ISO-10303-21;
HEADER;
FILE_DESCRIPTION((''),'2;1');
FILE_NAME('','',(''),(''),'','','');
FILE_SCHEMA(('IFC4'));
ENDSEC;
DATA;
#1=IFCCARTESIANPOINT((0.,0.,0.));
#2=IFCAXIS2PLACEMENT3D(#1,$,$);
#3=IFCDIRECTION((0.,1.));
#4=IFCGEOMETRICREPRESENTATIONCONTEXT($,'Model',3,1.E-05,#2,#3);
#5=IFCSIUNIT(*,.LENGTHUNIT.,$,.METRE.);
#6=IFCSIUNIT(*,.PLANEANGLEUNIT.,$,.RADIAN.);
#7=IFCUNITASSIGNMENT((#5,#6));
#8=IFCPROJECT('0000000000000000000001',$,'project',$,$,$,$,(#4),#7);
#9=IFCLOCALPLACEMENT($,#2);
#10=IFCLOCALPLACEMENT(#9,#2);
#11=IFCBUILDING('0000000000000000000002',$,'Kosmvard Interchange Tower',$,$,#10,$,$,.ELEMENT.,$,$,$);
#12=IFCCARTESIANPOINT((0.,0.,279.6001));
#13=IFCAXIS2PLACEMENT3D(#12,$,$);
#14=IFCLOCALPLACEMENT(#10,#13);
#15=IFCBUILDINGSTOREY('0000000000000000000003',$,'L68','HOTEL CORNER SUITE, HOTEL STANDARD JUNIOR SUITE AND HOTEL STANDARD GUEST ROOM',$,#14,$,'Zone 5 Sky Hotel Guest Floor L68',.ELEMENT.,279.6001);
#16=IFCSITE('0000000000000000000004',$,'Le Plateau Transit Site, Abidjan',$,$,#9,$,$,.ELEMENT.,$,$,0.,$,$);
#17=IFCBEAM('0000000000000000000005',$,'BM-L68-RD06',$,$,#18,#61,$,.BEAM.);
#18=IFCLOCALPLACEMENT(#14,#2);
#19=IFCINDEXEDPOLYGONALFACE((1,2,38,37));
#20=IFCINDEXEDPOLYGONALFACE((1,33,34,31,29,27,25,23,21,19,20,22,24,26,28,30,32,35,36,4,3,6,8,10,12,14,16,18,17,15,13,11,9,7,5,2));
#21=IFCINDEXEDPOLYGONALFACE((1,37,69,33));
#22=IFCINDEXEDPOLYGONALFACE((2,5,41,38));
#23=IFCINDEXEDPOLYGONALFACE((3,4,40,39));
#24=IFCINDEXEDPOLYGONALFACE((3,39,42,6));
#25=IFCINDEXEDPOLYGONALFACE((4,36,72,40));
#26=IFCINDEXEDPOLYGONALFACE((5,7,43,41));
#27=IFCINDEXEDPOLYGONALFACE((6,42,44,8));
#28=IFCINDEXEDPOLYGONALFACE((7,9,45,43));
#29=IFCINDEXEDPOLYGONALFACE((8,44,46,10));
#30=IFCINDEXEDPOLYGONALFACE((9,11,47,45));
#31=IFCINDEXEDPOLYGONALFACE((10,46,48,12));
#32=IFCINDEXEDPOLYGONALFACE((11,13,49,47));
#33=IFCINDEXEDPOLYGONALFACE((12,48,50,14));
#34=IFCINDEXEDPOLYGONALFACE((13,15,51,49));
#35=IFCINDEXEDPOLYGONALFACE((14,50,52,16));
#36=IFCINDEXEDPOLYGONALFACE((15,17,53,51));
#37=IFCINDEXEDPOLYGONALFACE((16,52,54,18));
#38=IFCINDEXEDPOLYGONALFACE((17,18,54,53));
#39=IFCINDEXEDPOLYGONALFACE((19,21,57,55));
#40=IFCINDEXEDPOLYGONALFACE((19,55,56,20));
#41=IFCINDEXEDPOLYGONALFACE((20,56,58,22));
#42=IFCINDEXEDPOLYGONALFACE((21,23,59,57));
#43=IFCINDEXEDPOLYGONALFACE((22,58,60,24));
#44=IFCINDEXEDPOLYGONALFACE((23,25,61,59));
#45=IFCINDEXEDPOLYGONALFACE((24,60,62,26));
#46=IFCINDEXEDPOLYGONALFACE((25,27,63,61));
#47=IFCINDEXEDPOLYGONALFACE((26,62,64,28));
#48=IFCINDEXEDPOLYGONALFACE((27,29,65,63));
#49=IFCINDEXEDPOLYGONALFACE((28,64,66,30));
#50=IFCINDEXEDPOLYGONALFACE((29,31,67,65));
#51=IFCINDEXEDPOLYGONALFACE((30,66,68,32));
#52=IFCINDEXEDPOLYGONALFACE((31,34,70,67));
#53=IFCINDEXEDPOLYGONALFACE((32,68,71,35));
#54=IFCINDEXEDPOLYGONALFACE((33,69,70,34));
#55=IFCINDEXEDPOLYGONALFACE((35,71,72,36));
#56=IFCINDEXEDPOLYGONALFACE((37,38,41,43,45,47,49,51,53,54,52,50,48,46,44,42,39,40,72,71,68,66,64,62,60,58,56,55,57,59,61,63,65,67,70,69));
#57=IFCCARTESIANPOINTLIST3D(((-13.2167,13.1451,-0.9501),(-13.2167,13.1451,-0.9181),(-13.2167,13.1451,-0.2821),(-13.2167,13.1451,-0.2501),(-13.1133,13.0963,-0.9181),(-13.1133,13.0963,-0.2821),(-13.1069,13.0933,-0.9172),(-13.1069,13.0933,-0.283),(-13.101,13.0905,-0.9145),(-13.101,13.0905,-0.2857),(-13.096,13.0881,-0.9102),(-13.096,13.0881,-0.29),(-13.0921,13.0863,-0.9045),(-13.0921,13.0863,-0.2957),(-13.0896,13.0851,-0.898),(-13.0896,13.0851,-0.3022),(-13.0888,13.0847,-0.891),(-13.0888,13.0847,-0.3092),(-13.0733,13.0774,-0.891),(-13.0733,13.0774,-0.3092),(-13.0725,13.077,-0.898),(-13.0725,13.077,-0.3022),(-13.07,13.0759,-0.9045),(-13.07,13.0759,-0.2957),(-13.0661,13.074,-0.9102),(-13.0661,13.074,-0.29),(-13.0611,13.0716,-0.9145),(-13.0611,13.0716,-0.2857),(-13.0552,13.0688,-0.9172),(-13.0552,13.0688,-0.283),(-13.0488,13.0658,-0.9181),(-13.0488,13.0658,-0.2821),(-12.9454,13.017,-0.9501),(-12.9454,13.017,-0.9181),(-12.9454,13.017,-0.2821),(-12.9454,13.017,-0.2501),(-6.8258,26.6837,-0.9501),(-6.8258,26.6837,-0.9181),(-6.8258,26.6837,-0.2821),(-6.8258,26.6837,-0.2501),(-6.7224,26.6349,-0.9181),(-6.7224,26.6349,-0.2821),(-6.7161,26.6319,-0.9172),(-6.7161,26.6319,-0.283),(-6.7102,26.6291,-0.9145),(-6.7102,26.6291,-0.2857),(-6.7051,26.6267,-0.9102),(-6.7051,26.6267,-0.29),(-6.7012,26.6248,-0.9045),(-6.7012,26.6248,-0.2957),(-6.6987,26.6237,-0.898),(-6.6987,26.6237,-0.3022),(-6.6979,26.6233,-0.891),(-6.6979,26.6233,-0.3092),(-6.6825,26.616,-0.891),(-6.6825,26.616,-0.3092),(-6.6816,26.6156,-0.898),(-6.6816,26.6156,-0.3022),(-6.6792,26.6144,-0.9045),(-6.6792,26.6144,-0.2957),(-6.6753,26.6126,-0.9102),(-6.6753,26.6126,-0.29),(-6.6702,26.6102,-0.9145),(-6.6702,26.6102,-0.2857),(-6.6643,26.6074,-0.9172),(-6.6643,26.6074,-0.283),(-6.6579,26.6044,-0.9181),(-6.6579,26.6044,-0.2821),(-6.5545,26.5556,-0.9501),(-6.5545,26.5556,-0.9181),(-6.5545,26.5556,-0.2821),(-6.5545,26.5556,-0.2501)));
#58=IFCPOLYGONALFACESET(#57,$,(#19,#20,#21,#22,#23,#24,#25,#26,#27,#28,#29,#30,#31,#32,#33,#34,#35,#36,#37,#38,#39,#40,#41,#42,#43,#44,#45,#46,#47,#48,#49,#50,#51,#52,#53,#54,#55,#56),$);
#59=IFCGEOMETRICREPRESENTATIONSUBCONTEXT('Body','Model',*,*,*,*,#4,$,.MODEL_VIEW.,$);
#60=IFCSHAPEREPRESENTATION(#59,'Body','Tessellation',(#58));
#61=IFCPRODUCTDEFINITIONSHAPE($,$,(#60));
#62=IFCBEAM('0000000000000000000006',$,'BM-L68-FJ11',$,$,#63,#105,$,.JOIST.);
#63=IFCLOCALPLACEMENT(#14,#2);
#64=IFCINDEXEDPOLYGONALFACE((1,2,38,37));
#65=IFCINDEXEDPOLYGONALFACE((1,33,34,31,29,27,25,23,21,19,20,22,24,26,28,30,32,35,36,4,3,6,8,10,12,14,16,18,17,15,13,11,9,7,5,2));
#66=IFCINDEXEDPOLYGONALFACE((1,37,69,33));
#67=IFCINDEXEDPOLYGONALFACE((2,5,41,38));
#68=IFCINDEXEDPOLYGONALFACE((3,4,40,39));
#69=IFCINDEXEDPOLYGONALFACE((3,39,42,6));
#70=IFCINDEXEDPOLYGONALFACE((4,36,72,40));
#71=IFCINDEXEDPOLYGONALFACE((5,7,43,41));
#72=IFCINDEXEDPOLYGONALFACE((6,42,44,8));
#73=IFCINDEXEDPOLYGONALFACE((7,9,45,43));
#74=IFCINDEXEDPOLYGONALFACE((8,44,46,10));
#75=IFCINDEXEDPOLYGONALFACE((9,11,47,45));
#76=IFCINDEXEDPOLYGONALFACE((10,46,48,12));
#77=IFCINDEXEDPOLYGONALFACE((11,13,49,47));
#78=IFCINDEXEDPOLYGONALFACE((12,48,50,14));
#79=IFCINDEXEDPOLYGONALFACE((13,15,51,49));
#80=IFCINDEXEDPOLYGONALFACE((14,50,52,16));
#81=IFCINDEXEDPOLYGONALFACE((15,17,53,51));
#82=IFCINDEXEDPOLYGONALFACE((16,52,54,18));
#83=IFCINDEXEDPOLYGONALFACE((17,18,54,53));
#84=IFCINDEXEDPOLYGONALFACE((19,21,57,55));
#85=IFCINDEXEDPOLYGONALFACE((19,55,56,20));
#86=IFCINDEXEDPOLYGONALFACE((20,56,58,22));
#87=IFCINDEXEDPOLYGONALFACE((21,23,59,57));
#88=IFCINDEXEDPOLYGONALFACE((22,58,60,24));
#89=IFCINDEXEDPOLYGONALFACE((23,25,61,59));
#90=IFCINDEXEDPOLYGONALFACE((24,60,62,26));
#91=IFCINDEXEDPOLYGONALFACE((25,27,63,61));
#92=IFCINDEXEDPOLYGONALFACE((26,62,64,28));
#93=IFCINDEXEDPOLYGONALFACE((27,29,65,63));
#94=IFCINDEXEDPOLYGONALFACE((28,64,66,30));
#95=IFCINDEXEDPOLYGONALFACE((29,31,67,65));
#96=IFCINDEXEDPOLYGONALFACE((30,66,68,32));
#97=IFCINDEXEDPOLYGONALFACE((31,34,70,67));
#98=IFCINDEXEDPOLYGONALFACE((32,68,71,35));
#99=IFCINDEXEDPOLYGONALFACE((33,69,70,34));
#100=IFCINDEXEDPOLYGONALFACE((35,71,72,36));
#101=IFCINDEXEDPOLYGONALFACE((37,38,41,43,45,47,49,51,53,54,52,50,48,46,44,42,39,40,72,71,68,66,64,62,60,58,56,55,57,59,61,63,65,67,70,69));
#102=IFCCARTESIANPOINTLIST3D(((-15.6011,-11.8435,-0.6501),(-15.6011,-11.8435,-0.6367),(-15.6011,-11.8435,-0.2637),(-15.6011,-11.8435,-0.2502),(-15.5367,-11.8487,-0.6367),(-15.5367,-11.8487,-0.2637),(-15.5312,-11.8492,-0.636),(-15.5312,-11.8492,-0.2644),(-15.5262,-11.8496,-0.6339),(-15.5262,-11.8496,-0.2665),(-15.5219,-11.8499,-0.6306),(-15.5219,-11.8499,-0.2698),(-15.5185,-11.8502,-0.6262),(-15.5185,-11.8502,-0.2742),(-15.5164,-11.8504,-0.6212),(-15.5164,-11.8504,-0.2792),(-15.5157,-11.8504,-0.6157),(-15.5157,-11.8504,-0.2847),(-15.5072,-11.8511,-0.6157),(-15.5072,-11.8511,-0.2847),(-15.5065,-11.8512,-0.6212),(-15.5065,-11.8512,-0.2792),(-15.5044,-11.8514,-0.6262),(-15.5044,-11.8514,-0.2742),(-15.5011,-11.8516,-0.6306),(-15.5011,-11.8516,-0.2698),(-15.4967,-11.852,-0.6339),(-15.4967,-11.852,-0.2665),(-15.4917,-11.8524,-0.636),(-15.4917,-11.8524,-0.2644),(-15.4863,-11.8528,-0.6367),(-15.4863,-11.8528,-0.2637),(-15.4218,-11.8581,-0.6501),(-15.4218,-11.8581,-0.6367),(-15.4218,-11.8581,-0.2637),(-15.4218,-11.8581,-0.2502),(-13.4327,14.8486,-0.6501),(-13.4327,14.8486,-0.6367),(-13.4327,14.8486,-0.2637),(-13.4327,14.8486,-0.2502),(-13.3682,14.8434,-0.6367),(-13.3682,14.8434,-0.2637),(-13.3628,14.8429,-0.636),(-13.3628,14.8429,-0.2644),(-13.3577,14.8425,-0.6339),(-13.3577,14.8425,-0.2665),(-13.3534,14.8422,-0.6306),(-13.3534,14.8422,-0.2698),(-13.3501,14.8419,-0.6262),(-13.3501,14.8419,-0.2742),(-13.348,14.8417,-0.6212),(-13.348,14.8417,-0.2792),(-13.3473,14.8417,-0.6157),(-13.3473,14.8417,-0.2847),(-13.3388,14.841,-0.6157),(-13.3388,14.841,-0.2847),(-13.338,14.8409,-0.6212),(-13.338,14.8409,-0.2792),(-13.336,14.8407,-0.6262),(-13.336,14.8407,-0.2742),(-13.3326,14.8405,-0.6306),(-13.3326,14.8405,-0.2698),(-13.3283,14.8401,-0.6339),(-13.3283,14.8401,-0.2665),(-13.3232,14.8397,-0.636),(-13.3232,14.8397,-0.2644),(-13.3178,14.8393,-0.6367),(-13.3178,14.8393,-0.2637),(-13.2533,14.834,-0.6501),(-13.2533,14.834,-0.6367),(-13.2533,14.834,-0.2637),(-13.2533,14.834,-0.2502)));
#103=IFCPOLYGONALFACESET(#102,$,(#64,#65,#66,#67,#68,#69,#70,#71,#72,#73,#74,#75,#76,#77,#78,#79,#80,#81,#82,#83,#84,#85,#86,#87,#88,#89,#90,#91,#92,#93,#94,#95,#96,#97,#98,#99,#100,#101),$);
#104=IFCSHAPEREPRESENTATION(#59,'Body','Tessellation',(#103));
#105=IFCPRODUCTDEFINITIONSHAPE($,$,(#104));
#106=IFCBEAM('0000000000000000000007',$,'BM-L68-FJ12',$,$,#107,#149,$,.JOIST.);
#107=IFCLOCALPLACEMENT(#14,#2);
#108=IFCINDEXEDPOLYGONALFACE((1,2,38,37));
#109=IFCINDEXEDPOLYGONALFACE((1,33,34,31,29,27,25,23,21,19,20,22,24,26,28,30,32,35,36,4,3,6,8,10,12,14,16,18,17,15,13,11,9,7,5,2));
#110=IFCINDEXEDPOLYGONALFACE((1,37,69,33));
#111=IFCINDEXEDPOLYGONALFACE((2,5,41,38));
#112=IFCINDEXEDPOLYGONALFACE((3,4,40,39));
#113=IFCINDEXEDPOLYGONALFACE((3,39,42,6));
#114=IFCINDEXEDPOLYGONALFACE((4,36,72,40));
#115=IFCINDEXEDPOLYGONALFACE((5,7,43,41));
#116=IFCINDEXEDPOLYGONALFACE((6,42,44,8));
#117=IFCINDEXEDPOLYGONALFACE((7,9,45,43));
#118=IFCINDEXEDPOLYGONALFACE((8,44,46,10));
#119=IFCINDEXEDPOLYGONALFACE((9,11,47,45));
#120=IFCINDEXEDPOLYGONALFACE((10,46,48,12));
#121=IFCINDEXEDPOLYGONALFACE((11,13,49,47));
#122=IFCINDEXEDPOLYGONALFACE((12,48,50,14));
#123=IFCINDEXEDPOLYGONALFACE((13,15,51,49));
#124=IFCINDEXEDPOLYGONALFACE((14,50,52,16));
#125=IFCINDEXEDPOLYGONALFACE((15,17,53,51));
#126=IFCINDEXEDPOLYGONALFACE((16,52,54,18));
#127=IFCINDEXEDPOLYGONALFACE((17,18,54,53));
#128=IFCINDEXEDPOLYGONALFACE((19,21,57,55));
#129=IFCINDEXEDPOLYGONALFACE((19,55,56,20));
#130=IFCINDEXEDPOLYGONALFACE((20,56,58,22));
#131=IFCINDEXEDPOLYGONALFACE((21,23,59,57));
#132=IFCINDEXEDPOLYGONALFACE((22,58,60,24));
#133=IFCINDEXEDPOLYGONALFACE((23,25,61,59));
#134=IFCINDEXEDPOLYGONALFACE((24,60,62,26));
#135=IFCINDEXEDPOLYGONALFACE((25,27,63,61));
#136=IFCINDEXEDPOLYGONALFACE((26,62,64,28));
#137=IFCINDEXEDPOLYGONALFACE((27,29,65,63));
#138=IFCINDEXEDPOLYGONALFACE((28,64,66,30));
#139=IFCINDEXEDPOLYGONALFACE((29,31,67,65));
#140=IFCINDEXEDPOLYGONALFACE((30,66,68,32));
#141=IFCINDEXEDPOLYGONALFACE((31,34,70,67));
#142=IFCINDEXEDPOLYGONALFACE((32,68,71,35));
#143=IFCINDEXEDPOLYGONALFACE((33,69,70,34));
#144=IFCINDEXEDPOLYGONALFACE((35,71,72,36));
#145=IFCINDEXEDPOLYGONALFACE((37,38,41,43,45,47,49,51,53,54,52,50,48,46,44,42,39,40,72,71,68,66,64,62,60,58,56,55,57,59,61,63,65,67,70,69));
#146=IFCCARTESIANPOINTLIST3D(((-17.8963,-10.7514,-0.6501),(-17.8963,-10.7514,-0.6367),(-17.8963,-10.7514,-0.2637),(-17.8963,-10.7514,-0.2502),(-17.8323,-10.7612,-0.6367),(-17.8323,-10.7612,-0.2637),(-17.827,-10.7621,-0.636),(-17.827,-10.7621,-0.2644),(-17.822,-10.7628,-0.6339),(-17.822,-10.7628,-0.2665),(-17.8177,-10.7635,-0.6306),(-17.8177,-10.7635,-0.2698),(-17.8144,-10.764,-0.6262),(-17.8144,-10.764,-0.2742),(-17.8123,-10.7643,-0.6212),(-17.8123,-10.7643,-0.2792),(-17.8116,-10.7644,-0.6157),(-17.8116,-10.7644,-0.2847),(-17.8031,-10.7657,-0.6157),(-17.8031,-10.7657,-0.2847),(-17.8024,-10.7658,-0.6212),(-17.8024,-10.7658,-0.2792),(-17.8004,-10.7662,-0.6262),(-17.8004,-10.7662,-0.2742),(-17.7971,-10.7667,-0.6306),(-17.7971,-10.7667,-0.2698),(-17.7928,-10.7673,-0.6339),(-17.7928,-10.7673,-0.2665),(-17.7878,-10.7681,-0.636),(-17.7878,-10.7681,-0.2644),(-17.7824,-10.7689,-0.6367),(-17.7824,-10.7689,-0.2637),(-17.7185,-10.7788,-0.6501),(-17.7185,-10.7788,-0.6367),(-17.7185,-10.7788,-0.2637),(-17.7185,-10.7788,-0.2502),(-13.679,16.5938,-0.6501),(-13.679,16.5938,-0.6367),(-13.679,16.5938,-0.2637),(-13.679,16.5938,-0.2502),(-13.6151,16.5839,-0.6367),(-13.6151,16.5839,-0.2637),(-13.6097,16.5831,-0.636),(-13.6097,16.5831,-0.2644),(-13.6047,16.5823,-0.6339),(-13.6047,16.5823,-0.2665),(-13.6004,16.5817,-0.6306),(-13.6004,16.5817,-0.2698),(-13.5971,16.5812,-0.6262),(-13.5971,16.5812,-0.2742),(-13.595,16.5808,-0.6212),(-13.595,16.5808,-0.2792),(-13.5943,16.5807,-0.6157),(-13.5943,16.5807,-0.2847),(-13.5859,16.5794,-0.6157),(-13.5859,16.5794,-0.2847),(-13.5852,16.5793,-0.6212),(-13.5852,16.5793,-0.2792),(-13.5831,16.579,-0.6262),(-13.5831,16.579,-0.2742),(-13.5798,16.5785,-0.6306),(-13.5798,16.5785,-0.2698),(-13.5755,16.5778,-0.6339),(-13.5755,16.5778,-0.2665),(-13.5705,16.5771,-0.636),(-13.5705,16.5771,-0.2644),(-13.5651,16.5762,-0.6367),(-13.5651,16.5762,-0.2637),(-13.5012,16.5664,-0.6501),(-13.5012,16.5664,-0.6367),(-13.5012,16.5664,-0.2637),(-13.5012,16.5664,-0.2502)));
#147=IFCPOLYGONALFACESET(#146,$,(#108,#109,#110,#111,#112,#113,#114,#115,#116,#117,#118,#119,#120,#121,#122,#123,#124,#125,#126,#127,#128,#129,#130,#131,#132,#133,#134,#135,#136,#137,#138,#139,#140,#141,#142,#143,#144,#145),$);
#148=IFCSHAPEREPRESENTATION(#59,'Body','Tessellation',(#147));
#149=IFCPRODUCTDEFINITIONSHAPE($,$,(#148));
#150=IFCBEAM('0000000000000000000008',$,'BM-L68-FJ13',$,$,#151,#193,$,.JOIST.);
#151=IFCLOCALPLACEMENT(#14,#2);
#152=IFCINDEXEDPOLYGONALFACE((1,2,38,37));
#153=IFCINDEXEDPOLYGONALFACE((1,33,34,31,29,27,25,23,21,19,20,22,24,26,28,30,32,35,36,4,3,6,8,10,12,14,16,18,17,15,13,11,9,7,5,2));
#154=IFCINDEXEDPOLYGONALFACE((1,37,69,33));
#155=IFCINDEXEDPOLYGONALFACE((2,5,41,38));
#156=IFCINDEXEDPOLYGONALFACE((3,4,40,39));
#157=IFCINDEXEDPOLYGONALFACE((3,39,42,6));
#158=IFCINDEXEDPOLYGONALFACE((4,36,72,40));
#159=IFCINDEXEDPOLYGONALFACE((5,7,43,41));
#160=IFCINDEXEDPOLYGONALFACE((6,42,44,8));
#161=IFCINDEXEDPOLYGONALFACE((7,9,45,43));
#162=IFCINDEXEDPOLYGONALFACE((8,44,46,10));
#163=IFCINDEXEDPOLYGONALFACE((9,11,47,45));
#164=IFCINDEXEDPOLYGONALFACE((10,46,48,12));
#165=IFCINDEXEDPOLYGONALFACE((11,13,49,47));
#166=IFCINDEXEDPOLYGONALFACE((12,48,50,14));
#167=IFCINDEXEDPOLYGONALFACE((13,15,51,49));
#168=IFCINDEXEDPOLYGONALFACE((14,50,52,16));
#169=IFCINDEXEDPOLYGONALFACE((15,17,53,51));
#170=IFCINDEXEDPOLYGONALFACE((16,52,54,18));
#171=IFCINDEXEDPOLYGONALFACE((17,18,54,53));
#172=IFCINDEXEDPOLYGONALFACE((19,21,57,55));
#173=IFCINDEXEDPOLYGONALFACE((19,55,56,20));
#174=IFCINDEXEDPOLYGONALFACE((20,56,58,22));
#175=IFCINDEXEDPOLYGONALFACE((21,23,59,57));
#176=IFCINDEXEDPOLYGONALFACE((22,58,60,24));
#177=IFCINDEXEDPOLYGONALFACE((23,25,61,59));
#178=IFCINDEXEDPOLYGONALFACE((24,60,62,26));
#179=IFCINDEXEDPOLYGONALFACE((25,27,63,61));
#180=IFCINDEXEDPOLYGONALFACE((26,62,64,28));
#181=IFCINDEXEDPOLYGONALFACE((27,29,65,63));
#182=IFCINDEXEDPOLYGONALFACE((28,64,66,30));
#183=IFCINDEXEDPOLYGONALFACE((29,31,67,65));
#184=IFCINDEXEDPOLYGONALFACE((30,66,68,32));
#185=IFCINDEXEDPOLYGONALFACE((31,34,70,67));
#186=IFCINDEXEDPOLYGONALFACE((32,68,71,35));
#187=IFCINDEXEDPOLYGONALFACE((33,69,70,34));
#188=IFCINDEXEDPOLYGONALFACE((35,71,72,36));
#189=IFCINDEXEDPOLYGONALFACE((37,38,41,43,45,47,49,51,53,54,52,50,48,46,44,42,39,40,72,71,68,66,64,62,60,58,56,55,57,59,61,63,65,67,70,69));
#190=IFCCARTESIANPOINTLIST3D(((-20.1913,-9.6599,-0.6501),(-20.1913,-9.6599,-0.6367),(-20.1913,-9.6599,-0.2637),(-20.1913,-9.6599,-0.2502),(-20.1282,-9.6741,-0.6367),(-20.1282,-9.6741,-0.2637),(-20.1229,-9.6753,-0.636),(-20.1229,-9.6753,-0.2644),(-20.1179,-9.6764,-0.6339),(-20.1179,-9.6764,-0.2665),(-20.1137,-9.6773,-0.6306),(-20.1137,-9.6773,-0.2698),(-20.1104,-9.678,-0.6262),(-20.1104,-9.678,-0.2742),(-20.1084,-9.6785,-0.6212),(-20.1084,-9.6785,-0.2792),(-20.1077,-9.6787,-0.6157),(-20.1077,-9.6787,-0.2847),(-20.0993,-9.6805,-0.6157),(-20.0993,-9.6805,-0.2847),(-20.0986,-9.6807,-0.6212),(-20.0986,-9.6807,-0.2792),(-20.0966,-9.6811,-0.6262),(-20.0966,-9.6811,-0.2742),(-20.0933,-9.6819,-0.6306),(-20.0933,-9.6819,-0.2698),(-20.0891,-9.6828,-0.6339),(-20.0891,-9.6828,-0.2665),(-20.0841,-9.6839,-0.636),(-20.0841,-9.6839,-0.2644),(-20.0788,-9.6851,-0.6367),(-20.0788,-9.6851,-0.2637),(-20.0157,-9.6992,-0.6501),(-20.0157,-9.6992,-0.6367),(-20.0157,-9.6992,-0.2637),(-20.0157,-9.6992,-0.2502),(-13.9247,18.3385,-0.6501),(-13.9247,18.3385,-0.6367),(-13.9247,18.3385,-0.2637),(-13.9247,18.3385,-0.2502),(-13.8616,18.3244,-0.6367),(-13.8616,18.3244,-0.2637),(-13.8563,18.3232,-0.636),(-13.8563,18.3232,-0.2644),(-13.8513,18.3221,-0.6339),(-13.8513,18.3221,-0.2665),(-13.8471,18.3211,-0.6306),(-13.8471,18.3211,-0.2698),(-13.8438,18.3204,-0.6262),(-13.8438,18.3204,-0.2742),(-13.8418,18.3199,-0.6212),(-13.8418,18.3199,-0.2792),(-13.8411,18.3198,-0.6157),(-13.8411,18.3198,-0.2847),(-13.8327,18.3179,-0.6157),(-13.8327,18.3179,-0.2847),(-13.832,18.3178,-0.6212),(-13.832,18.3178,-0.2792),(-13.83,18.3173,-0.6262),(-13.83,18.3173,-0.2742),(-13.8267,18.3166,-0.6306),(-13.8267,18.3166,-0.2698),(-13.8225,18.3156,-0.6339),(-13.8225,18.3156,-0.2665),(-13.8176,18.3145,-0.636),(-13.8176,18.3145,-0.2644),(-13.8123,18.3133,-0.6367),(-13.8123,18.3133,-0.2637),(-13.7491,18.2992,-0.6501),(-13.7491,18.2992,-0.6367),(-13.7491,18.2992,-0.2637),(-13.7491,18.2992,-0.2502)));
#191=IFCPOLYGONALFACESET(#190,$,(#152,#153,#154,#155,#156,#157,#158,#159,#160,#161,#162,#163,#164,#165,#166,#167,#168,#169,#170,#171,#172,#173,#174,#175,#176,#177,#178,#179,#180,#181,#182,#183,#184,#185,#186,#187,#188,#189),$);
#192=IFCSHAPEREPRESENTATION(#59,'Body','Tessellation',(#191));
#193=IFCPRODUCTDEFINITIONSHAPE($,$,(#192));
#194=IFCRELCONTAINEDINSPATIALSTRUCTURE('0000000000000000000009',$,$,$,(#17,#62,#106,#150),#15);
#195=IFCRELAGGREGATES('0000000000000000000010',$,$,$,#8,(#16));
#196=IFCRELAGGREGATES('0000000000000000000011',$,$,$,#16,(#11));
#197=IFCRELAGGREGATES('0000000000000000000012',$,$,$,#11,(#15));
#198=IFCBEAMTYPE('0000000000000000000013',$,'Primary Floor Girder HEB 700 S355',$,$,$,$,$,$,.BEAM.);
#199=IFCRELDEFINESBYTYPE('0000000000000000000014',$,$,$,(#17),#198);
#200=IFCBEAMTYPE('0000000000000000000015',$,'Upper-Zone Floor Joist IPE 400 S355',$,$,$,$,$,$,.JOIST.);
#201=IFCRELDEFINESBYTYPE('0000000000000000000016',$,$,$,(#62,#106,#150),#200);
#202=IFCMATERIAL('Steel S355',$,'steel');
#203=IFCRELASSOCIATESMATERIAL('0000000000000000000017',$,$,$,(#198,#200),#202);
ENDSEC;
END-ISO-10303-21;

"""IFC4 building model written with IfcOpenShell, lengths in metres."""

from ifc_helpers import new_model, si_unit, direction, frame, origin, origin_2d, place, context, subcontext, project, spatial, i_section, extrude, source, transform, mapped, material, material_profile, profile_set, type_object, element, save


model = new_model("IFC4")

# Units and contexts
model_context = context("Model", 3, precision=1e-05, world=origin(), true_north=direction((0.0, 1.0)))
body_context = subcontext(model_context, "Body", "Model", "MODEL_VIEW")
ifc_project = project(units=[si_unit("LENGTHUNIT", "METRE"), si_unit("PLANEANGLEUNIT", "RADIAN")], contexts=[model_context])

# Site, building, storey
site_placement = place(None, origin())
site = spatial("IfcSite", under=ifc_project, at=site_placement, Name="Le Plateau Transit Site, Abidjan", CompositionType="ELEMENT", RefElevation=0.0)
building_placement = place(site_placement, origin())
building = spatial("IfcBuilding", under=site, at=building_placement, Name="Kosmvard Interchange Tower", CompositionType="ELEMENT")
storey_placement = place(building_placement, frame((0.0, 0.0, 279.6001)))
storey = spatial("IfcBuildingStorey", under=building, at=storey_placement, Name="L68", Description="HOTEL CORNER SUITE, HOTEL STANDARD JUNIOR SUITE AND HOTEL STANDARD GUEST ROOM", LongName="Zone 5 Sky Hotel Guest Floor L68", CompositionType="ELEMENT", Elevation=279.6001)

# Beams
ifc_material_1 = material(Name="Steel S355", Category="steel")
ifc_material_profile_1 = material_profile(ifc_material_1, i_section(OverallWidth=0.3, OverallDepth=0.7, WebThickness=0.0171, FlangeThickness=0.032, FilletRadius=0.0271, at=origin_2d()), Name="HEB 700")
ifc_profile_set_1 = profile_set([ifc_material_profile_1], Name="Steel S355")
beam_type_1 = type_object("IfcBeamType", Name="Primary Floor Girder HEB 700 S355", PredefinedType="BEAM", material=ifc_profile_set_1)
shared_shape_1 = source(origin(), body_context, "Body", "SweptSolid", [
    extrude(i_section(OverallWidth=0.3, OverallDepth=0.7, WebThickness=0.0171, FlangeThickness=0.032, FilletRadius=0.0271, at=origin_2d()), origin(), (0.0, 0.0, 1.0), 14.9712),
])
beam_1_placement = place(storey_placement, frame((-13.0811, 13.0811, -0.6001), z_axis=(0.426878, 0.904309, 0.0), x_axis=(-0.904309, 0.426878, 0.0)))
element("IfcBeam", 1, at=beam_1_placement, inside=storey, type_object=beam_type_1, Name="BM-L68-RD06", PredefinedType="BEAM", context=body_context, shape_type="MappedRepresentation", body=[
    mapped(shared_shape_1, transform((0.0, 0.0, 0.0), scale=1.0)),
])
ifc_material_profile_2 = material_profile(ifc_material_1, i_section(OverallWidth=0.1799, OverallDepth=0.3999, WebThickness=0.0085, FlangeThickness=0.0134, FilletRadius=0.021, at=origin_2d()), Name="IPE 400")
ifc_profile_set_2 = profile_set([ifc_material_profile_2], Name="Steel S355")
beam_type_2 = type_object("IfcBeamType", Name="Upper-Zone Floor Joist IPE 400 S355", PredefinedType="JOIST", material=ifc_profile_set_2)
shared_shape_2 = source(origin(), body_context, "Body", "SweptSolid", [
    extrude(i_section(OverallWidth=0.1799, OverallDepth=0.3999, WebThickness=0.0085, FlangeThickness=0.0134, FilletRadius=0.021, at=origin_2d()), origin(), (0.0, 0.0, 1.0), 26.78),
])
beam_2_placement = place(storey_placement, frame((-13.343, 14.8413, -0.4502), z_axis=(-0.080973, -0.996716, 0.0), x_axis=(0.996716, -0.080973, 0.0)))
element("IfcBeam", 2, at=beam_2_placement, inside=storey, type_object=beam_type_2, Name="BM-L68-FJ11", PredefinedType="JOIST", context=body_context, shape_type="MappedRepresentation", body=[
    mapped(shared_shape_2, transform((0.0, 0.0, 0.0), scale=1.0)),
])
shared_shape_3 = source(origin(), body_context, "Body", "SweptSolid", [
    extrude(i_section(OverallWidth=0.1799, OverallDepth=0.3999, WebThickness=0.0085, FlangeThickness=0.0134, FilletRadius=0.021, at=origin_2d()), origin(), (0.0, 0.0, 1.0), 27.6685),
])
beam_3_placement = place(storey_placement, frame((-13.5901, 16.5801, -0.4502), z_axis=(-0.152422, -0.988316, 0.0), x_axis=(0.988316, -0.152422, 0.0)))
element("IfcBeam", 3, at=beam_3_placement, inside=storey, type_object=beam_type_2, Name="BM-L68-FJ12", PredefinedType="JOIST", context=body_context, shape_type="MappedRepresentation", body=[
    mapped(shared_shape_3, transform((0.0, 0.0, 0.0), scale=1.0)),
])
shared_shape_4 = source(origin(), body_context, "Body", "SweptSolid", [
    extrude(i_section(OverallWidth=0.1799, OverallDepth=0.3999, WebThickness=0.0085, FlangeThickness=0.0134, FilletRadius=0.021, at=origin_2d()), origin(), (0.0, 0.0, 1.0), 28.6912),
])
beam_4_placement = place(storey_placement, frame((-13.8369, 18.3188, -0.4502), z_axis=(-0.218415, -0.975856, 0.0), x_axis=(0.975856, -0.218415, 0.0)))
element("IfcBeam", 4, at=beam_4_placement, inside=storey, type_object=beam_type_2, Name="BM-L68-FJ13", PredefinedType="JOIST", context=body_context, shape_type="MappedRepresentation", body=[
    mapped(shared_shape_4, transform((0.0, 0.0, 0.0), scale=1.0)),
])

save(model, "model.ifc")
